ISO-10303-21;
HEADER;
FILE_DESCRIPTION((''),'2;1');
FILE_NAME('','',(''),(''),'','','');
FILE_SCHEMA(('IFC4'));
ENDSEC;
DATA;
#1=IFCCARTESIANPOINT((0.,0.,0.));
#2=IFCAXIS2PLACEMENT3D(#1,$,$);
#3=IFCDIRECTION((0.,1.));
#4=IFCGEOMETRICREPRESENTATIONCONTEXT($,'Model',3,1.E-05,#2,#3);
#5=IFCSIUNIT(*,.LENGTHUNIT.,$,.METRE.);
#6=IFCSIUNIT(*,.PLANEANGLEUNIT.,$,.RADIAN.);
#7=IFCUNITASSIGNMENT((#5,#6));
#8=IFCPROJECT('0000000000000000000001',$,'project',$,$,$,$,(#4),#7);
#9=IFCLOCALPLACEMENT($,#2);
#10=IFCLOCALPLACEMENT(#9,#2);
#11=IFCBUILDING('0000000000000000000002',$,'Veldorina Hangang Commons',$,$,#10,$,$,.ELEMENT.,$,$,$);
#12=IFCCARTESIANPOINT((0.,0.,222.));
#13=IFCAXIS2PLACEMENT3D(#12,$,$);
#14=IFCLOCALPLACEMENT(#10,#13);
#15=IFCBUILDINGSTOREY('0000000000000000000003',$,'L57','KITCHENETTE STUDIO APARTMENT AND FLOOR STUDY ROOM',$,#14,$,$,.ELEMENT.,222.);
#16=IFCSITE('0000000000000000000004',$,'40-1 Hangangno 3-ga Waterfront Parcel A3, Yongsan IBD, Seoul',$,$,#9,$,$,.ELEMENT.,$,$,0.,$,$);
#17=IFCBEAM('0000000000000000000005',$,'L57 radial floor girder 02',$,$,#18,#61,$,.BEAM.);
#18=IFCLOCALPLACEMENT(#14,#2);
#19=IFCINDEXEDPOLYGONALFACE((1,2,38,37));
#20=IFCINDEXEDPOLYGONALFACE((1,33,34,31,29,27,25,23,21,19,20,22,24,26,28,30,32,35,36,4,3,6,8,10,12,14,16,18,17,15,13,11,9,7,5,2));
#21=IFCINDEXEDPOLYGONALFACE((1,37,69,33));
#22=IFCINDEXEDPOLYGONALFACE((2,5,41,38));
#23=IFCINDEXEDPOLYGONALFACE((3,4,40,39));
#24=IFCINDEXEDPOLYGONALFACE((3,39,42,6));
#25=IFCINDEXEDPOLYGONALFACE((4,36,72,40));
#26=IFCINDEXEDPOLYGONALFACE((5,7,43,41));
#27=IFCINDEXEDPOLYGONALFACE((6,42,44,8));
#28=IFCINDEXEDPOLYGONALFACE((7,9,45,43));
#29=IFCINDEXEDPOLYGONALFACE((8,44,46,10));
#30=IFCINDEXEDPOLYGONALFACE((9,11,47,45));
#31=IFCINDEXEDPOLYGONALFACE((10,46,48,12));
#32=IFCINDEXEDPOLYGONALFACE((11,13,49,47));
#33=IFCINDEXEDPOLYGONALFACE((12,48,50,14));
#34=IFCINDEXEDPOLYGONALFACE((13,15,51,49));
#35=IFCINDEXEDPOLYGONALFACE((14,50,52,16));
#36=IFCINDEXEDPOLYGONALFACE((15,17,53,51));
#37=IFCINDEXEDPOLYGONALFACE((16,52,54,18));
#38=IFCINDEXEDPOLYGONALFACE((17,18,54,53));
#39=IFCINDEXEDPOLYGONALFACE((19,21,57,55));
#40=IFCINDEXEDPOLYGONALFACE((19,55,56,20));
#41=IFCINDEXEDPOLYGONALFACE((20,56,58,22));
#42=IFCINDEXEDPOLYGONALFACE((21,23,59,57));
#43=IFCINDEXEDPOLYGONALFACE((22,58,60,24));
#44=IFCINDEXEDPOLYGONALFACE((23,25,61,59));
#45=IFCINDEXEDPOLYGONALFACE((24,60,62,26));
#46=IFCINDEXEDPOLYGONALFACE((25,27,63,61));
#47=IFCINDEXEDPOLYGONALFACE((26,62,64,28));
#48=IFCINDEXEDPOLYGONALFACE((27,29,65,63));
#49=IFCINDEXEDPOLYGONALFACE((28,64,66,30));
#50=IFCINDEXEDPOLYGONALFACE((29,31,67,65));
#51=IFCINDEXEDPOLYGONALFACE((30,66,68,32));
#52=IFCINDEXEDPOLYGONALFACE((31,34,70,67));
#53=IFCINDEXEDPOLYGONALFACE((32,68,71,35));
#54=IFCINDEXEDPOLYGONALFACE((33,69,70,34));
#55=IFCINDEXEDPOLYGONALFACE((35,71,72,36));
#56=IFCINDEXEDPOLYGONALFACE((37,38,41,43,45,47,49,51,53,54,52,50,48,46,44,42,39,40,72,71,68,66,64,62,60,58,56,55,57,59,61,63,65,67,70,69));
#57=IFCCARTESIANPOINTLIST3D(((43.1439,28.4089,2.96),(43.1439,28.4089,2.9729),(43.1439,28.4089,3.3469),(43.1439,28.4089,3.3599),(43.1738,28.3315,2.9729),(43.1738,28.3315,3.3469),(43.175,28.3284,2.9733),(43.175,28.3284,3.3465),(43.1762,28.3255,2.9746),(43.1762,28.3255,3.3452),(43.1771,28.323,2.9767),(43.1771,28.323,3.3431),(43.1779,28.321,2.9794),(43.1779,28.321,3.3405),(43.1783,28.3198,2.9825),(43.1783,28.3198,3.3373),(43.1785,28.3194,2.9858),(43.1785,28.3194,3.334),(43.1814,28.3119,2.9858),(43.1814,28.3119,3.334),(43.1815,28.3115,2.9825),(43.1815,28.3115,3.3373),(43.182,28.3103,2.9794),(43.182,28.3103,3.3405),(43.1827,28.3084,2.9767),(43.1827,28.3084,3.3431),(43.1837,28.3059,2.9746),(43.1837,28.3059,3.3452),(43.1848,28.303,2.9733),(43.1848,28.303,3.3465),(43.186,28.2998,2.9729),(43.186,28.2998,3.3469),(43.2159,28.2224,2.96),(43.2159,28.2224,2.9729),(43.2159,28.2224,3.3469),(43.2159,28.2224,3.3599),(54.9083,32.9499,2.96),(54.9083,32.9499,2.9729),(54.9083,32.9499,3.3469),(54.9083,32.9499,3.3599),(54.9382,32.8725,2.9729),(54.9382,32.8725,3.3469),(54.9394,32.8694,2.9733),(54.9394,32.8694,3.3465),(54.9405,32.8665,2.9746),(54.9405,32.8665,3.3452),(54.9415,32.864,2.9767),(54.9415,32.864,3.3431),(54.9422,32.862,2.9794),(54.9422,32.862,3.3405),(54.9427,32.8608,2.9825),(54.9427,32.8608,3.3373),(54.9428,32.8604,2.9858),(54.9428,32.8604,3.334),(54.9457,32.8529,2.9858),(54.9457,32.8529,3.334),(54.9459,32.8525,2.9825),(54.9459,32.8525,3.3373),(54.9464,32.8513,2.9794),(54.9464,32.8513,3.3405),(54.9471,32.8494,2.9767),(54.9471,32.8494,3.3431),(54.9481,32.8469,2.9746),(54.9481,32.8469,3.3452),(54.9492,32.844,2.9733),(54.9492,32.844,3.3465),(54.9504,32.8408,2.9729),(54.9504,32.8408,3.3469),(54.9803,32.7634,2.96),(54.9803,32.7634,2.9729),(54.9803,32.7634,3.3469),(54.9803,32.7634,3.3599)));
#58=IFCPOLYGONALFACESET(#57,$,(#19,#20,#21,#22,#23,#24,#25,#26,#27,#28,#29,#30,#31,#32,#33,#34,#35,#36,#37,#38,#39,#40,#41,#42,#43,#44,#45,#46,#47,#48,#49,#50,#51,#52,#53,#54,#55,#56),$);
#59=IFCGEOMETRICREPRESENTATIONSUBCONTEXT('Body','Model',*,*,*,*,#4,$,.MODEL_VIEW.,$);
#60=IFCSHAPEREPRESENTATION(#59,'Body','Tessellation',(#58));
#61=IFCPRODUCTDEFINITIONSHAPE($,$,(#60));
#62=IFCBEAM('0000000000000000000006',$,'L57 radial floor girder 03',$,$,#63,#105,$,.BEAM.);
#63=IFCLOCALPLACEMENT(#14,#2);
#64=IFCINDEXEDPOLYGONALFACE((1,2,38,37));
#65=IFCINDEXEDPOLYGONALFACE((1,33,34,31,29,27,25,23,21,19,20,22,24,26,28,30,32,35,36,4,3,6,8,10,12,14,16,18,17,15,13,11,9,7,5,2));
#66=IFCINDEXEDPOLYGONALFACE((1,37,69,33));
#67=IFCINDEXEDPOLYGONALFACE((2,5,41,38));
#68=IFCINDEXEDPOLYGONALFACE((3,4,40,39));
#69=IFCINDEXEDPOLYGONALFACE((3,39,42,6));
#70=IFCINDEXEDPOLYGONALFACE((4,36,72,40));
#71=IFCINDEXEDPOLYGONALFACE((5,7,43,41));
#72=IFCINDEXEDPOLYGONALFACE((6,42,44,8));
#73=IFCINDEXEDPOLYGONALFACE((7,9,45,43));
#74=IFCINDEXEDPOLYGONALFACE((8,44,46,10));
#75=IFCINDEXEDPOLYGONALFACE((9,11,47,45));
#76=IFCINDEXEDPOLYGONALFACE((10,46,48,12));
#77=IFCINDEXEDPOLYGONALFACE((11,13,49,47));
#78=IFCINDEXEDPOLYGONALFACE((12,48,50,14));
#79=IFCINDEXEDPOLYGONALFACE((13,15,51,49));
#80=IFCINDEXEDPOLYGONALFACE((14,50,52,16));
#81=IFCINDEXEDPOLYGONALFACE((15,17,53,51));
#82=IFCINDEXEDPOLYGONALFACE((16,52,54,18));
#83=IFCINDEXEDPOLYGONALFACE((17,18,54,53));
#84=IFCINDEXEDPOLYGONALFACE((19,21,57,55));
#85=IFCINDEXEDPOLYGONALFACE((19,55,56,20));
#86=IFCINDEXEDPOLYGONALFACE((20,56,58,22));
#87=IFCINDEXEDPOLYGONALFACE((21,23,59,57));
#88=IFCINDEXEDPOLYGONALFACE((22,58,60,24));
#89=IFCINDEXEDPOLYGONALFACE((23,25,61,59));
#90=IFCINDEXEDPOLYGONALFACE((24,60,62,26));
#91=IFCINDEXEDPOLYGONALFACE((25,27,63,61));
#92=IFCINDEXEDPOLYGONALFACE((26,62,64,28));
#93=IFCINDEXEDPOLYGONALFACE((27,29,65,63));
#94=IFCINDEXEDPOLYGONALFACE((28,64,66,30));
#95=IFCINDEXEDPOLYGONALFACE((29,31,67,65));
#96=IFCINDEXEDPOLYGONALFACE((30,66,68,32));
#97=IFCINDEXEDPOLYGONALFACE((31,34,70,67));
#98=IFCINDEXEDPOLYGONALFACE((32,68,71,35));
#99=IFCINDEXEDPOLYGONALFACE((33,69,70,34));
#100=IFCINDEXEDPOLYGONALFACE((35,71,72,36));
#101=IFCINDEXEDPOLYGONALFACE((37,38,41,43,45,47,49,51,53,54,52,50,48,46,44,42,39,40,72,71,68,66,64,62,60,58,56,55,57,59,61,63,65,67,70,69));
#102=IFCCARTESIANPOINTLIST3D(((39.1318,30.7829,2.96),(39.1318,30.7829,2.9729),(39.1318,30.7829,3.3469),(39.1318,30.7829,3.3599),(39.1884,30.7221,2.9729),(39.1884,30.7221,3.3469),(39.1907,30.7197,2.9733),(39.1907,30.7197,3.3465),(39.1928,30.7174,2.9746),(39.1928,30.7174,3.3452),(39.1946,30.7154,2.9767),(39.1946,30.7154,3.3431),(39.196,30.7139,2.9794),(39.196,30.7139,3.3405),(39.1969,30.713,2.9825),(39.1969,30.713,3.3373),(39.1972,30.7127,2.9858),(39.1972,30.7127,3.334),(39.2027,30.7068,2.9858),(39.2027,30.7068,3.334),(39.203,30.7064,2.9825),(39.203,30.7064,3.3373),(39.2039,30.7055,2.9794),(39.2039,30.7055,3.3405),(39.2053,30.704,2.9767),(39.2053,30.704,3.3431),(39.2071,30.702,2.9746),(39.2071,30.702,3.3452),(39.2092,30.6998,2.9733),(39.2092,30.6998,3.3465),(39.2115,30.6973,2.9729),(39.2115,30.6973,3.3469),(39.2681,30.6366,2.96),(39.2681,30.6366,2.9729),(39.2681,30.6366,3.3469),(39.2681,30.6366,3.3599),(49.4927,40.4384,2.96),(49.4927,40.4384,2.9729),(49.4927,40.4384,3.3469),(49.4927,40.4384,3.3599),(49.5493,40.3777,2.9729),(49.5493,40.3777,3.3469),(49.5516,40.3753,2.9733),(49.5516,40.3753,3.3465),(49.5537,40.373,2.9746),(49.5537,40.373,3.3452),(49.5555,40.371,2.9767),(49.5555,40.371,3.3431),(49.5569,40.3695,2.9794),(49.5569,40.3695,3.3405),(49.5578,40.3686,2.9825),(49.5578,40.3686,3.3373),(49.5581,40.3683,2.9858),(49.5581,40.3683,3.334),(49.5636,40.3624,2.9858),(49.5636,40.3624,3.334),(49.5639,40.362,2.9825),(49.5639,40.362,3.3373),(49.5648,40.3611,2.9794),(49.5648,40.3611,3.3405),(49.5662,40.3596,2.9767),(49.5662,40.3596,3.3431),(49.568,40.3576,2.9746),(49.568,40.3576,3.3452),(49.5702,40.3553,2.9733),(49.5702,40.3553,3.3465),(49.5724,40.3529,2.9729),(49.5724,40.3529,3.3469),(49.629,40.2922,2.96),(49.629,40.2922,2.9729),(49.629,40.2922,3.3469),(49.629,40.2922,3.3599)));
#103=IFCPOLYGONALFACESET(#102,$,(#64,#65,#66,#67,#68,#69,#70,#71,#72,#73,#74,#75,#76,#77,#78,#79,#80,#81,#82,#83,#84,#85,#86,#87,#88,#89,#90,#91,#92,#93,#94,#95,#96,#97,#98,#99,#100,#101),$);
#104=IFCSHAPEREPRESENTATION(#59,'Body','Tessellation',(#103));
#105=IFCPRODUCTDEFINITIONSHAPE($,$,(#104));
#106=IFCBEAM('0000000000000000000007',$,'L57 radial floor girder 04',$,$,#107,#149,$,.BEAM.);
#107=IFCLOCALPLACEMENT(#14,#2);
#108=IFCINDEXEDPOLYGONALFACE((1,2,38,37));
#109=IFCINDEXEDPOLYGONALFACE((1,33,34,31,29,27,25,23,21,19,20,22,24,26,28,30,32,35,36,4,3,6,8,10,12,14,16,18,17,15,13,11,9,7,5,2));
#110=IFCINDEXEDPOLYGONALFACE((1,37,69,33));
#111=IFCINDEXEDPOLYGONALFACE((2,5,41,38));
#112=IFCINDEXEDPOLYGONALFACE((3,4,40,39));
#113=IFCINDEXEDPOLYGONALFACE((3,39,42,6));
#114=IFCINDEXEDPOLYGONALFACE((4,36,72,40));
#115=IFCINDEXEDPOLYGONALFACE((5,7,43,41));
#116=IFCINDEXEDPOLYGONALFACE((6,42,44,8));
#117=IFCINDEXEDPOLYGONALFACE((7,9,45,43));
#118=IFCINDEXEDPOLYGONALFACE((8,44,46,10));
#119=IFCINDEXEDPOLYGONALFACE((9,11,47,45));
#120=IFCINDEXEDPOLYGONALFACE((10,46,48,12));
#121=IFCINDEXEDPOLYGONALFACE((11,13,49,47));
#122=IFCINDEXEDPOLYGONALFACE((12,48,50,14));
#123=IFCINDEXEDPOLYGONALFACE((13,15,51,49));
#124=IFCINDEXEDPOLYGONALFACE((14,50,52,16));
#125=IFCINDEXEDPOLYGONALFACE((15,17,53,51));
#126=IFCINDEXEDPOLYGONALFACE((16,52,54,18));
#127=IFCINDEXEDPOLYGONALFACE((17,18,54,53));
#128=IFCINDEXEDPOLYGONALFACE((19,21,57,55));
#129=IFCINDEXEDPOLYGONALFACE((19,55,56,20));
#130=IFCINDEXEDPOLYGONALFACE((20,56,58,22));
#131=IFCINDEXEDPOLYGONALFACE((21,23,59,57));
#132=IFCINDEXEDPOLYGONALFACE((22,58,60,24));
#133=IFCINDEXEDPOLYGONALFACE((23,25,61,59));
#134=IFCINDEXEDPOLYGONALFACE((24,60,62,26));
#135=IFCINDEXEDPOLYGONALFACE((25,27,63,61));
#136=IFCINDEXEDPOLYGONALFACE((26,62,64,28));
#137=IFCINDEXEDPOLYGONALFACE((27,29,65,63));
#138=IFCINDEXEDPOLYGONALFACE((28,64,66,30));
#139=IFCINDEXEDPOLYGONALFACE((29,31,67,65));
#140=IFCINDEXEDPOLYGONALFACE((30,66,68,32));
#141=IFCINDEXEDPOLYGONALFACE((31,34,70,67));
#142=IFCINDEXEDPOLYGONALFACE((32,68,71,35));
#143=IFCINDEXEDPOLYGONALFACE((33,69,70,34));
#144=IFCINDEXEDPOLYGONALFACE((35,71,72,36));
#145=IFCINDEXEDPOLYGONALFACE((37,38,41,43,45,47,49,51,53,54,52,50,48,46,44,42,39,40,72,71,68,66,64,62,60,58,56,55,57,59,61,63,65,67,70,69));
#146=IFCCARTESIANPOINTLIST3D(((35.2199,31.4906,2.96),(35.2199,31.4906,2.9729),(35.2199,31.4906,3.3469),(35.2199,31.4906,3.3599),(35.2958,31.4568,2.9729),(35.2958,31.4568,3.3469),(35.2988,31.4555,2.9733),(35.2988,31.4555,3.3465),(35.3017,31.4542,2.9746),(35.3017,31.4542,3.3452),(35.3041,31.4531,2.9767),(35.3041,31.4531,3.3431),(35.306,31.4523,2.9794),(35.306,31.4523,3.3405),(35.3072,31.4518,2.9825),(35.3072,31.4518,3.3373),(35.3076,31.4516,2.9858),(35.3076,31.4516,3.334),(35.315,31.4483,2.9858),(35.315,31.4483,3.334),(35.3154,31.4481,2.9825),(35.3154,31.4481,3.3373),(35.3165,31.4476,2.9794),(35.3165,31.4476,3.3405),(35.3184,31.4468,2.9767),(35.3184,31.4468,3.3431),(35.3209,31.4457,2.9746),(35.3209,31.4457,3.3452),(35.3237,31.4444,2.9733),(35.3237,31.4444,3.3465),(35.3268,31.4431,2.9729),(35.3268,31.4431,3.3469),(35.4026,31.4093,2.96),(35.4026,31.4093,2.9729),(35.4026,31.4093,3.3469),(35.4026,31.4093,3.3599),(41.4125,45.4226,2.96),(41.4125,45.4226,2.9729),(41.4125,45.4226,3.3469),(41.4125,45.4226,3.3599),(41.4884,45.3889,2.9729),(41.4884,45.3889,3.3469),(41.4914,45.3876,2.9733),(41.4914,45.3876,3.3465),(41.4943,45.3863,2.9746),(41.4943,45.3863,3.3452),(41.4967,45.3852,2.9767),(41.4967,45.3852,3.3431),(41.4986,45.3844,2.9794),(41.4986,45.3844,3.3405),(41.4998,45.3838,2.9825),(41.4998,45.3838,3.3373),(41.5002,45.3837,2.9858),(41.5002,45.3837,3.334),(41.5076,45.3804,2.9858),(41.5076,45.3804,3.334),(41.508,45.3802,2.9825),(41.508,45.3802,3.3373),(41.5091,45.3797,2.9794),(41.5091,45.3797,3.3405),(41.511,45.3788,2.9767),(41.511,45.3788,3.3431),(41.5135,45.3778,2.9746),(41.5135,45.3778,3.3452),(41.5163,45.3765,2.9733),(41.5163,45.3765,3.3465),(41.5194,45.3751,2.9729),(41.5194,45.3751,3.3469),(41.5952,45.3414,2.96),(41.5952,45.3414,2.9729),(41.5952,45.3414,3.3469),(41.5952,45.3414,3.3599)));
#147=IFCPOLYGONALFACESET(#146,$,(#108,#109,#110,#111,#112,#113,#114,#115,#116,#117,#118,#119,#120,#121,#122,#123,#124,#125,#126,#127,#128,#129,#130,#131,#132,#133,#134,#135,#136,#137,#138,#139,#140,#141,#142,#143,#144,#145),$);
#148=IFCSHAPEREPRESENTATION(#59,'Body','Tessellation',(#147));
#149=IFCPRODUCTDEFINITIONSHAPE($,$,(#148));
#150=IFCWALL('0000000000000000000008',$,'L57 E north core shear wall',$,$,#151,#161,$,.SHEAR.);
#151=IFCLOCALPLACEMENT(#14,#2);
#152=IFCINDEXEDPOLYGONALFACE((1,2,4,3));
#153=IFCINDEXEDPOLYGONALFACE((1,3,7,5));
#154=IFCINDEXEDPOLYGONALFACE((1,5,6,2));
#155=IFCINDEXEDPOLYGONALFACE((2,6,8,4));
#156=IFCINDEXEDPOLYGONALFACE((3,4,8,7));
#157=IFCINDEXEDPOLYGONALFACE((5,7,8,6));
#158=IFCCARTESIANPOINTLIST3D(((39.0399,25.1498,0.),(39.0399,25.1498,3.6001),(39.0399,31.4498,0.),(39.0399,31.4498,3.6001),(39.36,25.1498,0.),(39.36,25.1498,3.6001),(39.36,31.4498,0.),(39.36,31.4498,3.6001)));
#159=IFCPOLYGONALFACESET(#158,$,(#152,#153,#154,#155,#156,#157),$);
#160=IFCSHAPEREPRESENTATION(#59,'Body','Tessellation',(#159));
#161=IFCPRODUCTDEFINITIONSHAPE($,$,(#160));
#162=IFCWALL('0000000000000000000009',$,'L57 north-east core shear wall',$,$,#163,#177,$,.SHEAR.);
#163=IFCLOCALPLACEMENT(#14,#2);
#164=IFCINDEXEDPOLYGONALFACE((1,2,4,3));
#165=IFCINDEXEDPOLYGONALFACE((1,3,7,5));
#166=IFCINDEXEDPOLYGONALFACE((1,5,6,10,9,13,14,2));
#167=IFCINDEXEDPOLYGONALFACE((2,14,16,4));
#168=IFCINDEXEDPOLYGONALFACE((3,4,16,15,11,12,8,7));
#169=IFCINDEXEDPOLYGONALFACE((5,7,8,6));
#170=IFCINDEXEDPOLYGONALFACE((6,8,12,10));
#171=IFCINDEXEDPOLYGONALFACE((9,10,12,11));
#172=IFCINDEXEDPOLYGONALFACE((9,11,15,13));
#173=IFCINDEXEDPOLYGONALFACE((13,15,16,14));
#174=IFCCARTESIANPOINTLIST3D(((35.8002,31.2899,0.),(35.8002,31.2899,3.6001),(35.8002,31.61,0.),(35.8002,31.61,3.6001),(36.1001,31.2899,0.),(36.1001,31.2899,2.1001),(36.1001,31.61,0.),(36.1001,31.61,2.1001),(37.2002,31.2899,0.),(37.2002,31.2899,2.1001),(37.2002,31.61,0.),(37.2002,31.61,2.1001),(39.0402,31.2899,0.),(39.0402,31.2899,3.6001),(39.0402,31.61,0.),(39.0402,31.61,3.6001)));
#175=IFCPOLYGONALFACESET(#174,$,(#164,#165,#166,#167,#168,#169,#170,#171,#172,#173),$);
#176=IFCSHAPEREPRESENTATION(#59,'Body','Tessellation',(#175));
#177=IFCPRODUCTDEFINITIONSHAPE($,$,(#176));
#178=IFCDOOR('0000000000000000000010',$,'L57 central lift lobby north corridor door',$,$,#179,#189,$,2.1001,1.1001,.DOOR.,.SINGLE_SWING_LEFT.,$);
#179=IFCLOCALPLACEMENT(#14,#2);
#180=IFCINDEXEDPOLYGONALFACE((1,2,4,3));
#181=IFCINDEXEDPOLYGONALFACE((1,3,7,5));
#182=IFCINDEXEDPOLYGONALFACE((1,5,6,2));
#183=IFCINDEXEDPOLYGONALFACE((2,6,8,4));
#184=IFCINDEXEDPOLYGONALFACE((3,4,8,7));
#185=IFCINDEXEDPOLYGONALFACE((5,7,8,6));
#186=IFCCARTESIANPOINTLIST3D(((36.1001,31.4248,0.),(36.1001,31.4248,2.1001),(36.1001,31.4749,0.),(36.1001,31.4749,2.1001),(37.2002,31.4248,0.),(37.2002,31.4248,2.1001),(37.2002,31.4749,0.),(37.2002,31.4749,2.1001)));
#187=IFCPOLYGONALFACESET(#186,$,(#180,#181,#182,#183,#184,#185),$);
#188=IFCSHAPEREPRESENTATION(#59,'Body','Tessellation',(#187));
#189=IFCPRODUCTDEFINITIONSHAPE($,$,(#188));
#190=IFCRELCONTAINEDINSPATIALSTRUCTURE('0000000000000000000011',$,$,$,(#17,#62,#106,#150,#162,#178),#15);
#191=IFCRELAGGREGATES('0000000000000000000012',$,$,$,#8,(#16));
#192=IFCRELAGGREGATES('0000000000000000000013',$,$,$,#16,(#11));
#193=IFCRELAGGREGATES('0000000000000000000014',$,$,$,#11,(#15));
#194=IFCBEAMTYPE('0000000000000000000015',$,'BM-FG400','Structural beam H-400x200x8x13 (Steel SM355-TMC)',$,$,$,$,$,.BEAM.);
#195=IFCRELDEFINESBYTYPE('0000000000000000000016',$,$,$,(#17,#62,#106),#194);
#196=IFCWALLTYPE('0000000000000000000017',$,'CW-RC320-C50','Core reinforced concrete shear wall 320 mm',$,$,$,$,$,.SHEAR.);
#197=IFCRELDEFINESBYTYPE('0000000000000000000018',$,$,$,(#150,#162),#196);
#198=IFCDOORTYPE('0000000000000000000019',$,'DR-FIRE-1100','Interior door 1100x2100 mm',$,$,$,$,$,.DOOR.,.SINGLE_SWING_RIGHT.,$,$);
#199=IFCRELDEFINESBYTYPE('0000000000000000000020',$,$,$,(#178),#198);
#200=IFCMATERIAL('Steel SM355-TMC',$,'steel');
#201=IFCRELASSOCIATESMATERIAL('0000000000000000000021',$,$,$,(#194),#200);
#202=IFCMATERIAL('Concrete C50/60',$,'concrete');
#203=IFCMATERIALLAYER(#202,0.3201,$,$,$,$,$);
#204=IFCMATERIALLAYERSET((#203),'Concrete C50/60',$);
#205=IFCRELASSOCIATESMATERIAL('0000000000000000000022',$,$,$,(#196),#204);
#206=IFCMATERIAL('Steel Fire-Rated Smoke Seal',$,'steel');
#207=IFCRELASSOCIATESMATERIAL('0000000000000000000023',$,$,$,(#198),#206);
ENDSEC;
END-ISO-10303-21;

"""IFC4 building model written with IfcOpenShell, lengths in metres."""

from ifc_helpers import new_model, si_unit, direction, frame, frame_2d, origin, origin_2d, place, context, subcontext, project, spatial, rectangle, i_section, extrude, material, layer, layer_set, material_profile, profile_set, type_object, element, fill, save


model = new_model("IFC4")

# Units and contexts
model_context = context("Model", 3, precision=1e-05, world=origin(), true_north=direction((0.0, 1.0)))
body_context = subcontext(model_context, "Body", "Model", "MODEL_VIEW")
ifc_project = project(units=[si_unit("LENGTHUNIT", "METRE"), si_unit("PLANEANGLEUNIT", "RADIAN")], contexts=[model_context])

# Site, building, storey
site_placement = place(None, origin())
site = spatial("IfcSite", under=ifc_project, at=site_placement, Name="40-1 Hangangno 3-ga Waterfront Parcel A3, Yongsan IBD, Seoul", CompositionType="ELEMENT", RefElevation=0.0)
building_placement = place(site_placement, origin())
building = spatial("IfcBuilding", under=site, at=building_placement, Name="Veldorina Hangang Commons", CompositionType="ELEMENT")
storey_placement = place(building_placement, frame((0.0, 0.0, 222.0)))
storey = spatial("IfcBuildingStorey", under=building, at=storey_placement, Name="L57", Description="KITCHENETTE STUDIO APARTMENT AND FLOOR STUDY ROOM", CompositionType="ELEMENT", Elevation=222.0)

# Beams
ifc_material_1 = material(Name="Steel SM355-TMC", Category="steel")
ifc_material_profile = material_profile(ifc_material_1, i_section(OverallWidth=0.2, OverallDepth=0.3999, WebThickness=0.0081, FlangeThickness=0.0129, FilletRadius=0.0129, at=origin_2d()), Name="H-400x200x8x13")
ifc_profile_set = profile_set([ifc_material_profile], Name="Steel SM355-TMC")
beam_type = type_object("IfcBeamType", Name="BM-FG400", Description="Structural beam H-400x200x8x13 (Steel SM355-TMC)", PredefinedType="BEAM", material=ifc_profile_set)
beam_1_placement = place(storey_placement, frame((43.1799, 28.3157, 3.1599), z_axis=(0.932913, 0.360101, 0.0), x_axis=(-0.360101, 0.932913, 0.0)))
element("IfcBeam", 1, at=beam_1_placement, inside=storey, type_object=beam_type, Name="L57 radial floor girder 02", PredefinedType="BEAM", context=body_context, shape_type="SweptSolid", body=[
    extrude(i_section(OverallWidth=0.2, OverallDepth=0.3999, WebThickness=0.0081, FlangeThickness=0.0129, FilletRadius=0.0129, at=origin_2d()), origin(), (0.0, 0.0, 1.0), 12.6104),
])
beam_2_placement = place(storey_placement, frame((39.2, 30.7097, 3.1599), z_axis=(0.731569, 0.681767, 0.0), x_axis=(-0.681767, 0.731569, 0.0)))
element("IfcBeam", 2, at=beam_2_placement, inside=storey, type_object=beam_type, Name="L57 radial floor girder 03", PredefinedType="BEAM", context=body_context, shape_type="SweptSolid", body=[
    extrude(i_section(OverallWidth=0.2, OverallDepth=0.3999, WebThickness=0.0081, FlangeThickness=0.0129, FilletRadius=0.0129, at=origin_2d()), origin(), (0.0, 0.0, 1.0), 14.1626),
])
beam_3_placement = place(storey_placement, frame((35.3113, 31.45, 3.1599), z_axis=(0.40617, 0.913798, 0.0), x_axis=(-0.913798, 0.40617, 0.0)))
element("IfcBeam", 3, at=beam_3_placement, inside=storey, type_object=beam_type, Name="L57 radial floor girder 04", PredefinedType="BEAM", context=body_context, shape_type="SweptSolid", body=[
    extrude(i_section(OverallWidth=0.2, OverallDepth=0.3999, WebThickness=0.0081, FlangeThickness=0.0129, FilletRadius=0.0129, at=origin_2d()), origin(), (0.0, 0.0, 1.0), 15.2463),
])

# Wall
ifc_material_2 = material(Name="Concrete C50/60", Category="concrete")
ifc_layer_1 = layer(ifc_material_2, 0.3201)
ifc_layer_set_1 = layer_set([ifc_layer_1], Name="Concrete C50/60")
wall_type_1 = type_object("IfcWallType", Name="CW-RC320-C50", Description="Core reinforced concrete shear wall 320 mm", PredefinedType="SHEAR", material=ifc_layer_set_1)
wall_1_placement = place(storey_placement, frame((39.2, 25.1499, 0.0), z_axis=(0.0, 0.0, 1.0), x_axis=(0.0, 1.0, 0.0)))
element("IfcWall", 4, at=wall_1_placement, inside=storey, type_object=wall_type_1, Name="L57 E north core shear wall", PredefinedType="SHEAR", context=body_context, shape_type="SweptSolid", body=[
    extrude(rectangle(XDim=6.3, YDim=0.3201, at=frame_2d((3.1499, 0.0))), origin(), (0.0, 0.0, 1.0), 3.6001),
])

# Wall, opening, door
wall_2_placement = place(storey_placement, frame((35.8, 31.45, 0.0), z_axis=(0.0, 0.0, 1.0), x_axis=(1.0, 0.0, 0.0)))
wall_2 = element("IfcWall", 5, at=wall_2_placement, inside=storey, type_object=wall_type_1, Name="L57 north-east core shear wall", PredefinedType="SHEAR", context=body_context, shape_type="SweptSolid", body=[
    extrude(rectangle(XDim=3.24, YDim=0.3201, at=frame_2d((1.6201, 0.0))), origin(), (0.0, 0.0, 1.0), 3.6001),
])
opening_1_placement = place(wall_2_placement, frame((0.3, 0.0, 0.0)))
opening_1 = element("IfcOpeningElement", 6, at=opening_1_placement, cuts=wall_2, PredefinedType="OPENING", context=body_context, shape_type="SweptSolid", body=[
    extrude(rectangle(XDim=1.1001, YDim=2.1001, at=frame_2d((0.55, 1.05))), frame((0.0, 0.1699, 0.0), z_axis=(0.0, -1.0, 0.0), x_axis=(1.0, 0.0, 0.0)), (0.0, 0.0, 1.0), 0.3401),
])
ifc_material_3 = material(Name="Steel Fire-Rated Smoke Seal", Category="steel")
door_type_1 = type_object("IfcDoorType", Name="DR-FIRE-1100", Description="Interior door 1100x2100 mm", OperationType="SINGLE_SWING_RIGHT", PredefinedType="DOOR", material=ifc_material_3)
door_1_placement = place(opening_1_placement, origin())
door_1 = element("IfcDoor", 7, at=door_1_placement, inside=storey, type_object=door_type_1, Name="L57 central lift lobby north corridor door", OperationType="SINGLE_SWING_LEFT", OverallHeight=2.1001, OverallWidth=1.1001, PredefinedType="DOOR", context=body_context, shape_type="SweptSolid", body=[
    extrude(rectangle(XDim=1.1001, YDim=2.1001, at=frame_2d((0.55, 1.05))), frame((0.0, 0.0249, 0.0), z_axis=(0.0, -1.0, 0.0), x_axis=(1.0, 0.0, 0.0)), (0.0, 0.0, 1.0), 0.05),
])
fill(opening_1, door_1)

save(model, "model.ifc")
